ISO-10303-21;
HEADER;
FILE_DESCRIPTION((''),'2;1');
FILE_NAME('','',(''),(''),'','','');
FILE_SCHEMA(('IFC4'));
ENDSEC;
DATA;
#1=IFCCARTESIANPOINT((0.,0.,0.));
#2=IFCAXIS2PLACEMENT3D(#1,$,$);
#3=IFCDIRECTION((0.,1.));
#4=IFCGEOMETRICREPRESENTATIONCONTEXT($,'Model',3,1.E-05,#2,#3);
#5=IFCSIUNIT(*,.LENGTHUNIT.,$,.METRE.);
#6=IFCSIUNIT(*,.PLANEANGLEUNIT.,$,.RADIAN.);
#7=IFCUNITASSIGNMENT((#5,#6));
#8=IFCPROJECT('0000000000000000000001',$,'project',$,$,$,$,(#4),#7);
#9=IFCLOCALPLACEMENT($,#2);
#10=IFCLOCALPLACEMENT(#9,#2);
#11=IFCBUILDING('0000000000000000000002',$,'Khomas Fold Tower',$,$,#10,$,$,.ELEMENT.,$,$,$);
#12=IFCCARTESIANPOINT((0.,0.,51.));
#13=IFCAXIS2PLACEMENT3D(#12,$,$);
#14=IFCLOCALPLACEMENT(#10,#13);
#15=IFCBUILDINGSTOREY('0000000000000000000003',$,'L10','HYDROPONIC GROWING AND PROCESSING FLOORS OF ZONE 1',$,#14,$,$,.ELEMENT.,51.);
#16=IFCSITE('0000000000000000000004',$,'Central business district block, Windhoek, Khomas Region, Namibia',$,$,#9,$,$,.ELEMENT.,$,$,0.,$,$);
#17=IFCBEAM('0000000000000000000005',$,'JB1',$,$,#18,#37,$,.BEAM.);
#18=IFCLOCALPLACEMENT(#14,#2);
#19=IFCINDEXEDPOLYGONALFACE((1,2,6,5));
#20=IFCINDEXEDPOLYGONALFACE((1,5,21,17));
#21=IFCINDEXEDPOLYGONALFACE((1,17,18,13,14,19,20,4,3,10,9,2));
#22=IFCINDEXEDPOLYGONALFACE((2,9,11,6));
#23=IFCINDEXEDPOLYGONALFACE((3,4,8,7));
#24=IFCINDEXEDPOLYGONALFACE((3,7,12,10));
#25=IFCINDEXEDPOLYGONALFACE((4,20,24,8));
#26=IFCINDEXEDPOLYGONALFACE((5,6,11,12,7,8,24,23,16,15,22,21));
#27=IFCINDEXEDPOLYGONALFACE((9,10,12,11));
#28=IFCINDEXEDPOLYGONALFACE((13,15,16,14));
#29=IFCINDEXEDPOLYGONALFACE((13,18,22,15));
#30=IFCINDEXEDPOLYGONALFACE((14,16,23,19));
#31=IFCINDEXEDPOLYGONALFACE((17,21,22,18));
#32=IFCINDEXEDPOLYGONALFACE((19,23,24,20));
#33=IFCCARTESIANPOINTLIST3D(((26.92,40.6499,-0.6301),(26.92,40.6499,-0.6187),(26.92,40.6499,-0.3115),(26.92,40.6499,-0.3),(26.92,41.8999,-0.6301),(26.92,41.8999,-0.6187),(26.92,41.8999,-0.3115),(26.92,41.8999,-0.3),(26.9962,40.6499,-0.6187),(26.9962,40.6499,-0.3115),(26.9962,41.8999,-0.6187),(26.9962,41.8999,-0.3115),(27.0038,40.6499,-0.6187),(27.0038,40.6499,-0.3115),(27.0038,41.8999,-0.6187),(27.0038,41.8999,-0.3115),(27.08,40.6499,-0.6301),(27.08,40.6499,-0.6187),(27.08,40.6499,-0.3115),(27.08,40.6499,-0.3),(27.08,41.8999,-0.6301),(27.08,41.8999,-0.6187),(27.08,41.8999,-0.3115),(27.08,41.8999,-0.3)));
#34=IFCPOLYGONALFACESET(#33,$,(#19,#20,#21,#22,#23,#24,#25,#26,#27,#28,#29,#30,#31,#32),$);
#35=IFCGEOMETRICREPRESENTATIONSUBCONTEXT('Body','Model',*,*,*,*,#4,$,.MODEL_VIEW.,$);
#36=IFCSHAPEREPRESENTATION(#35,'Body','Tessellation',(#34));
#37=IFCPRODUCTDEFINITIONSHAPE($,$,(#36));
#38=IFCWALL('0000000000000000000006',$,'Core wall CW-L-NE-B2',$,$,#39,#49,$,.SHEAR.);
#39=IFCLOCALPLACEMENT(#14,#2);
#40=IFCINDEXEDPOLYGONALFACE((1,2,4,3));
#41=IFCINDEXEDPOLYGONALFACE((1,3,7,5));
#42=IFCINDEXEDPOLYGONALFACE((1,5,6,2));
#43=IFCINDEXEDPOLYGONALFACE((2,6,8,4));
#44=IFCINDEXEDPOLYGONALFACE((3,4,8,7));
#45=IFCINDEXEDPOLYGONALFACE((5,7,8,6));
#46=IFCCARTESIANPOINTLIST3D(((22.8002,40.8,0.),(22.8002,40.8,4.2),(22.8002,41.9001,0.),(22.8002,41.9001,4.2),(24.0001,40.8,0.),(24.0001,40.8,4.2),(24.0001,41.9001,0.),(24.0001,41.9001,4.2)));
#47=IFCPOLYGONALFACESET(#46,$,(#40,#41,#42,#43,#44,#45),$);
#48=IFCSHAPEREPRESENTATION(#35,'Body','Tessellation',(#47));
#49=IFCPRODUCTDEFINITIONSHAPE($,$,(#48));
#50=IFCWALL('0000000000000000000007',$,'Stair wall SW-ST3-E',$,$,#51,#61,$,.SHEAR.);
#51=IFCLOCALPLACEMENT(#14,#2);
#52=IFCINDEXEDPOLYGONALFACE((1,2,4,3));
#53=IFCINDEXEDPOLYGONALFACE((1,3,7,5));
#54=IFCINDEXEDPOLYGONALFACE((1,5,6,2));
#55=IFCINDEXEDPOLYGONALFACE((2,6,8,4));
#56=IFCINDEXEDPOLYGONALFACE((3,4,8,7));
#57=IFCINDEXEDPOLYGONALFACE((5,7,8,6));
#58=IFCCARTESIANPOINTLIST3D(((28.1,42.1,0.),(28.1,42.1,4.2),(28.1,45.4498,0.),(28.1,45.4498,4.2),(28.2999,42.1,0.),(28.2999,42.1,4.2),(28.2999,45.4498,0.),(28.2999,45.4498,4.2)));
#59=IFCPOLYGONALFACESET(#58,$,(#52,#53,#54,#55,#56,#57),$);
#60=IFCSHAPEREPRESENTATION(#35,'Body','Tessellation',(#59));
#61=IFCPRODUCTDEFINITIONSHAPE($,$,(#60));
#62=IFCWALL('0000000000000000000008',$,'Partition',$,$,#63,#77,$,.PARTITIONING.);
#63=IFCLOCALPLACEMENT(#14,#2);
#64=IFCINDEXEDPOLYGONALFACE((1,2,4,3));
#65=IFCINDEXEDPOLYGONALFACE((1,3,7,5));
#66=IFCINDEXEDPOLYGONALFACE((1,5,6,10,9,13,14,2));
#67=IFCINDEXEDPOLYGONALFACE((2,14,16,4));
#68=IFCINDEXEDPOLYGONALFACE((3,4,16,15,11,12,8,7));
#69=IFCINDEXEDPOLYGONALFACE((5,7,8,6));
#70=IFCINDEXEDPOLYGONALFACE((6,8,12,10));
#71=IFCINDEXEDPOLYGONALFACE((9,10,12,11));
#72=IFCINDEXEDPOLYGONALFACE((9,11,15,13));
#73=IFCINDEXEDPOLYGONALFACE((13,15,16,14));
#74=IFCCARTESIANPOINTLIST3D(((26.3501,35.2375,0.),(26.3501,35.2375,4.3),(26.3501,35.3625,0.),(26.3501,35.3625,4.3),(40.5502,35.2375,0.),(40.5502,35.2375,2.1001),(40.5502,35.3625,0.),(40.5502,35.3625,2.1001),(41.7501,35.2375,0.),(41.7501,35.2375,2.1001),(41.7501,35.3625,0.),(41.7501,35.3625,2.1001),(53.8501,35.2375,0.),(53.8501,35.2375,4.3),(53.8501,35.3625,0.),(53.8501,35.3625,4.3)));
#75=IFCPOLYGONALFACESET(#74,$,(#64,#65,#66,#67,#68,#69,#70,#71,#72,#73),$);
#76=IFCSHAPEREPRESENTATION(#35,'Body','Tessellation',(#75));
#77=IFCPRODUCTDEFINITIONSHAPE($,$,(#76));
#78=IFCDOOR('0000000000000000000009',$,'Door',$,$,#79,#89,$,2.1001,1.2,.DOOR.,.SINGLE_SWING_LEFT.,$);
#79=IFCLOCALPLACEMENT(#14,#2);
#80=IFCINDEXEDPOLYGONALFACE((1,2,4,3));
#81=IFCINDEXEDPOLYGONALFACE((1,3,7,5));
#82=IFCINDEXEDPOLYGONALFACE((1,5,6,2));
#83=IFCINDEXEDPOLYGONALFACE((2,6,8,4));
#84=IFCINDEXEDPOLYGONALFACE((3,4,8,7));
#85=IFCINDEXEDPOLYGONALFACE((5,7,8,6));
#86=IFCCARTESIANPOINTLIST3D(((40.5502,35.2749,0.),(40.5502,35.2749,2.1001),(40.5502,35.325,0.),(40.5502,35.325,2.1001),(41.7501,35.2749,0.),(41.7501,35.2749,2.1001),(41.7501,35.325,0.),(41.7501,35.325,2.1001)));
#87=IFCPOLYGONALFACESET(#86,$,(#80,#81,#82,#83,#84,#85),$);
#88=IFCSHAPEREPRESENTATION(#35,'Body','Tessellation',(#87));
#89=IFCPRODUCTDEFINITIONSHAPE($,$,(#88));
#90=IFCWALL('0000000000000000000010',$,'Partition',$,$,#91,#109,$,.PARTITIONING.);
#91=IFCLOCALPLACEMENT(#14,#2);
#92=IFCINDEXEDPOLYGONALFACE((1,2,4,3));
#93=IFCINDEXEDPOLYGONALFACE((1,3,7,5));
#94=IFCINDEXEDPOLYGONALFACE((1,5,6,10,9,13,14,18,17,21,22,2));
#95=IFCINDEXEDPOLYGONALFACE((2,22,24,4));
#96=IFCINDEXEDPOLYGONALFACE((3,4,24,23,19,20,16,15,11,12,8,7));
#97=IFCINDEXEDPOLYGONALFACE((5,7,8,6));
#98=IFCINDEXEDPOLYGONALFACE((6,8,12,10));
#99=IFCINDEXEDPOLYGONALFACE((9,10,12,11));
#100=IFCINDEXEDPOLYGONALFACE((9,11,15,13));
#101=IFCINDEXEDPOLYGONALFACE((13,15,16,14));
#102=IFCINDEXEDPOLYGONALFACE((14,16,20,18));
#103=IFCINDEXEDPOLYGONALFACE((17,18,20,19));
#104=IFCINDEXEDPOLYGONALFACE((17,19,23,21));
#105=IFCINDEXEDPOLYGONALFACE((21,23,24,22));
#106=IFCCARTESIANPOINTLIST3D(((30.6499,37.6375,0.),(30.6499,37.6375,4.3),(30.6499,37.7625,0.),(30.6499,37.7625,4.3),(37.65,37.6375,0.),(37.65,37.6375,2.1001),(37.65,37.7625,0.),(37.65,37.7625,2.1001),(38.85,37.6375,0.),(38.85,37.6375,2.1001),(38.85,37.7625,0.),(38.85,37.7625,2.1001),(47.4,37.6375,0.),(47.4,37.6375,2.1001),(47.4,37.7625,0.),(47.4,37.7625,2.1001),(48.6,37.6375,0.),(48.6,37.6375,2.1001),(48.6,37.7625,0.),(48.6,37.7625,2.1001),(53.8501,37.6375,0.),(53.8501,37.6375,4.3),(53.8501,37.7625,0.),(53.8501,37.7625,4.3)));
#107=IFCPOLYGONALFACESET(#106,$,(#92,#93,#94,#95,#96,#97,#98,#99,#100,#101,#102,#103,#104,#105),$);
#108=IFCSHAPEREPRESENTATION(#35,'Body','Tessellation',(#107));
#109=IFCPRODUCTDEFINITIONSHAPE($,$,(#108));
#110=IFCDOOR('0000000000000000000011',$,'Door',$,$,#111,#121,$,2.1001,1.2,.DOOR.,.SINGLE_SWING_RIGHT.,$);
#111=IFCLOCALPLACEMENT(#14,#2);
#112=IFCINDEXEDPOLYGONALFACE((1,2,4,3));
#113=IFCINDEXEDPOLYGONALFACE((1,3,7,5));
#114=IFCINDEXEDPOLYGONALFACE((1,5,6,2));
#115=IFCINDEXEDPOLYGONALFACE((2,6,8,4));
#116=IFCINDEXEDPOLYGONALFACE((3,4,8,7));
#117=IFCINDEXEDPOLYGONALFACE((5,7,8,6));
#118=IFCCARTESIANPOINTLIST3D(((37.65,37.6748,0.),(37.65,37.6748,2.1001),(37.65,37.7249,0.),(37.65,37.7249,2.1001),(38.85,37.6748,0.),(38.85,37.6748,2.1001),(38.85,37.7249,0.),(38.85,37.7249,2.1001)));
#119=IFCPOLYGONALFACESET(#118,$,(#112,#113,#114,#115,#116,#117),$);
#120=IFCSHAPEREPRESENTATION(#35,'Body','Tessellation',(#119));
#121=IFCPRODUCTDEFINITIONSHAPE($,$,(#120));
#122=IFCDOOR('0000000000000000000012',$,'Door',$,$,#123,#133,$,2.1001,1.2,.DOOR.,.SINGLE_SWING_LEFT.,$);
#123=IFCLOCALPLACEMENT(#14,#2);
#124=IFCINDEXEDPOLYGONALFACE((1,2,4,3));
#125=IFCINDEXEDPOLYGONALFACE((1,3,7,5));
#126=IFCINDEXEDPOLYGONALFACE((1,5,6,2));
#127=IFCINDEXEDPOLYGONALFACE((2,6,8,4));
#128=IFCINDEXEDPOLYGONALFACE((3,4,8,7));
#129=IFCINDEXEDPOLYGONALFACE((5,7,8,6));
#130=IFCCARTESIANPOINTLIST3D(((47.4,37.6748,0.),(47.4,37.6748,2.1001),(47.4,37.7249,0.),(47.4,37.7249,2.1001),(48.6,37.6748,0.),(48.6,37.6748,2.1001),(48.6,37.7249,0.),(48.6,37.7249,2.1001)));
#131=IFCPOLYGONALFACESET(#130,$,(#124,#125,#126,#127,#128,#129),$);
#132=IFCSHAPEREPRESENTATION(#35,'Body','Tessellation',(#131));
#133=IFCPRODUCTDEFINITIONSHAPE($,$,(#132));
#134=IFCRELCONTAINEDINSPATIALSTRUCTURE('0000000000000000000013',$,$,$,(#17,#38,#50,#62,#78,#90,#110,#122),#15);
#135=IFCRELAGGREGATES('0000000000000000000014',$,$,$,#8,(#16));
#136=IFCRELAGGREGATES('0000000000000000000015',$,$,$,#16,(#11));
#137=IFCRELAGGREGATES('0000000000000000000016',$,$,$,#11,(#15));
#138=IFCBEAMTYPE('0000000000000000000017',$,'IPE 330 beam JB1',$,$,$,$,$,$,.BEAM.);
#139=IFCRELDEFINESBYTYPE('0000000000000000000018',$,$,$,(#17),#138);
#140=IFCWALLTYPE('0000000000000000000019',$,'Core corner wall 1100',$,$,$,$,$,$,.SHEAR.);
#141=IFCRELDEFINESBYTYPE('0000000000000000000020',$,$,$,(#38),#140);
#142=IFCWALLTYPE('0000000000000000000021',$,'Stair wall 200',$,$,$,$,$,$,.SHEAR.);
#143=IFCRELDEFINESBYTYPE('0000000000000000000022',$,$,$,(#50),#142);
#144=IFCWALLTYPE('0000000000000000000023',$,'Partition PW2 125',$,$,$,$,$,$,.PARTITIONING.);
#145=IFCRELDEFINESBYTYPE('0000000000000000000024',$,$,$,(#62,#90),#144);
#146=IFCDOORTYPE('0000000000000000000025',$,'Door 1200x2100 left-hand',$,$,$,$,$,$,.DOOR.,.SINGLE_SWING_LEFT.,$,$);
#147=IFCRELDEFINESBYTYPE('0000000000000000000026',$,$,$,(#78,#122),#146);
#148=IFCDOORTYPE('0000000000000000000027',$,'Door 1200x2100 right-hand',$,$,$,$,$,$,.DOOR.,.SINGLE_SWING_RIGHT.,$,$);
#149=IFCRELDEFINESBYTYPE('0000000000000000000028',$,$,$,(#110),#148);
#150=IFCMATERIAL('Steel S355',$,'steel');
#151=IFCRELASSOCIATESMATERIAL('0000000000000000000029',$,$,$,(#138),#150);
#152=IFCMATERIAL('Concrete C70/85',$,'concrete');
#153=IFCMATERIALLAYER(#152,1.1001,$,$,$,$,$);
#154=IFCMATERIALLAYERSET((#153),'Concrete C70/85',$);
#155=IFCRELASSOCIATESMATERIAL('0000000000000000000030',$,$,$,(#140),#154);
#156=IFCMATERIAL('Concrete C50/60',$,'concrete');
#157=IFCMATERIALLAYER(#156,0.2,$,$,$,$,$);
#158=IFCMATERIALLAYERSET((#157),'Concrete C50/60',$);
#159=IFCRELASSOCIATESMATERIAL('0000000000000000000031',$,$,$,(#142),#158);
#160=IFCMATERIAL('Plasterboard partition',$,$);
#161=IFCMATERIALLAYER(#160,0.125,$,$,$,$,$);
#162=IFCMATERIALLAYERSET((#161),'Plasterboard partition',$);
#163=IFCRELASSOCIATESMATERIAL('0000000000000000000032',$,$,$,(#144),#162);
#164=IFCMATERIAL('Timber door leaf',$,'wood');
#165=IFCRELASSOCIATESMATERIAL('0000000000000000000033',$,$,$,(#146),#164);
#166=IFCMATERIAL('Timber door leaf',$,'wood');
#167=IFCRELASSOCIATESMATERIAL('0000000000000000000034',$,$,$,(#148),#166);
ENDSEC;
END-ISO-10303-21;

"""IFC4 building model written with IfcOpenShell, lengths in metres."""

from ifc_helpers import new_model, si_unit, direction, frame, frame_2d, origin, origin_2d, place, context, subcontext, project, spatial, rectangle, i_section, extrude, source, transform, mapped, material, layer, layer_set, material_profile, profile_set, type_object, element, fill, save


model = new_model("IFC4")

# Units and contexts
model_context = context("Model", 3, precision=1e-05, world=origin(), true_north=direction((0.0, 1.0)))
body_context = subcontext(model_context, "Body", "Model", "MODEL_VIEW")
ifc_project = project(units=[si_unit("LENGTHUNIT", "METRE"), si_unit("PLANEANGLEUNIT", "RADIAN")], contexts=[model_context])

# Site, building, storey
site_placement = place(None, origin())
site = spatial("IfcSite", under=ifc_project, at=site_placement, Name="Central business district block, Windhoek, Khomas Region, Namibia", CompositionType="ELEMENT", RefElevation=0.0)
building_placement = place(site_placement, origin())
building = spatial("IfcBuilding", under=site, at=building_placement, Name="Khomas Fold Tower", CompositionType="ELEMENT")
storey_placement = place(building_placement, frame((0.0, 0.0, 51.0)))
storey = spatial("IfcBuildingStorey", under=building, at=storey_placement, Name="L10", Description="HYDROPONIC GROWING AND PROCESSING FLOORS OF ZONE 1", CompositionType="ELEMENT", Elevation=51.0)

# Beam
ifc_material_1 = material(Name="Steel S355", Category="steel")
ifc_material_profile_1 = material_profile(ifc_material_1, i_section(OverallWidth=0.1599, OverallDepth=0.3301, WebThickness=0.0076, FlangeThickness=0.0115, at=origin_2d()), Name="IPE 330")
ifc_profile_set_1 = profile_set([ifc_material_profile_1], Name="Steel S355")
beam_type_1 = type_object("IfcBeamType", Name="IPE 330 beam JB1", PredefinedType="BEAM", material=ifc_profile_set_1)
shared_shape_1 = source(origin(), body_context, "Body", "SweptSolid", [
    extrude(i_section(OverallWidth=0.1599, OverallDepth=0.3301, WebThickness=0.0076, FlangeThickness=0.0115, at=origin_2d()), origin(), (0.0, 0.0, 1.0), 1.25),
])
beam_1_placement = place(storey_placement, frame((27.0, 40.6499, -0.4651), z_axis=(0.0, 1.0, 0.0), x_axis=(-1.0, 0.0, 0.0)))
element("IfcBeam", 1, at=beam_1_placement, inside=storey, type_object=beam_type_1, Name="JB1", PredefinedType="BEAM", context=body_context, shape_type="MappedRepresentation", body=[
    mapped(shared_shape_1, transform((0.0, 0.0, 0.0))),
])

# Walls
ifc_material_2 = material(Name="Concrete C70/85", Category="concrete")
ifc_layer_1 = layer(ifc_material_2, 1.1001)
ifc_layer_set_1 = layer_set([ifc_layer_1], Name="Concrete C70/85")
wall_type_1 = type_object("IfcWallType", Name="Core corner wall 1100", PredefinedType="SHEAR", material=ifc_layer_set_1)
shared_shape_2 = source(origin(), body_context, "Body", "SweptSolid", [
    extrude(rectangle(XDim=1.2, YDim=1.1001, at=frame_2d((0.6001, 0.0))), origin(), (0.0, 0.0, 1.0), 4.2),
])
wall_1_placement = place(storey_placement, frame((22.8, 41.3501, 0.0), z_axis=(0.0, 0.0, 1.0), x_axis=(1.0, 0.0, 0.0)))
element("IfcWall", 2, at=wall_1_placement, inside=storey, type_object=wall_type_1, Name="Core wall CW-L-NE-B2", PredefinedType="SHEAR", context=body_context, shape_type="MappedRepresentation", body=[
    mapped(shared_shape_2, transform((0.0, 0.0, 0.0))),
])
ifc_material_3 = material(Name="Concrete C50/60", Category="concrete")
ifc_layer_2 = layer(ifc_material_3, 0.2)
ifc_layer_set_2 = layer_set([ifc_layer_2], Name="Concrete C50/60")
wall_type_2 = type_object("IfcWallType", Name="Stair wall 200", PredefinedType="SHEAR", material=ifc_layer_set_2)
shared_shape_3 = source(origin(), body_context, "Body", "SweptSolid", [
    extrude(rectangle(XDim=3.3499, YDim=0.2, at=frame_2d((1.6748, 0.0))), origin(), (0.0, 0.0, 1.0), 4.2),
])
wall_2_placement = place(storey_placement, frame((28.2, 42.1001, 0.0), z_axis=(0.0, 0.0, 1.0), x_axis=(0.0, 1.0, 0.0)))
element("IfcWall", 3, at=wall_2_placement, inside=storey, type_object=wall_type_2, Name="Stair wall SW-ST3-E", PredefinedType="SHEAR", context=body_context, shape_type="MappedRepresentation", body=[
    mapped(shared_shape_3, transform((0.0, 0.0, 0.0))),
])

# Wall, opening, door
ifc_material_4 = material(Name="Plasterboard partition")
ifc_layer_3 = layer(ifc_material_4, 0.125)
ifc_layer_set_3 = layer_set([ifc_layer_3], Name="Plasterboard partition")
wall_type_3 = type_object("IfcWallType", Name="Partition PW2 125", PredefinedType="PARTITIONING", material=ifc_layer_set_3)
shared_shape_4 = source(origin(), body_context, "Body", "SweptSolid", [
    extrude(rectangle(XDim=27.5, YDim=0.125, at=frame_2d((13.75, 0.0))), origin(), (0.0, 0.0, 1.0), 4.3),
])
wall_3_placement = place(storey_placement, frame((26.3501, 35.3, 0.0), z_axis=(0.0, 0.0, 1.0), x_axis=(1.0, 0.0, 0.0)))
wall_3 = element("IfcWall", 4, at=wall_3_placement, inside=storey, type_object=wall_type_3, Name="Partition", PredefinedType="PARTITIONING", context=body_context, shape_type="MappedRepresentation", body=[
    mapped(shared_shape_4, transform((0.0, 0.0, 0.0))),
])
shared_shape_5 = source(origin(), body_context, "Body", "SweptSolid", [
    extrude(rectangle(XDim=1.2, YDim=2.1001, at=frame_2d((0.6001, 1.05))), frame((0.0, 0.0725, 0.0), z_axis=(0.0, -1.0, 0.0), x_axis=(1.0, 0.0, 0.0)), (0.0, 0.0, 1.0), 0.145),
])
opening_1_placement = place(wall_3_placement, frame((14.2, 0.0, 0.0)))
opening_1 = element("IfcOpeningElement", 5, at=opening_1_placement, cuts=wall_3, PredefinedType="OPENING", context=body_context, shape_type="MappedRepresentation", body=[
    mapped(shared_shape_5, transform((0.0, 0.0, 0.0))),
])
ifc_material_5 = material(Name="Timber door leaf", Category="wood")
door_type_1 = type_object("IfcDoorType", Name="Door 1200x2100 left-hand", OperationType="SINGLE_SWING_LEFT", PredefinedType="DOOR", material=ifc_material_5)
shared_shape_6 = source(origin(), body_context, "Body", "SweptSolid", [
    extrude(rectangle(XDim=1.2, YDim=2.1001, at=frame_2d((0.6001, 1.05))), frame((0.0, 0.0249, 0.0), z_axis=(0.0, -1.0, 0.0), x_axis=(1.0, 0.0, 0.0)), (0.0, 0.0, 1.0), 0.05),
])
door_1_placement = place(opening_1_placement, origin())
door_1 = element("IfcDoor", 6, at=door_1_placement, inside=storey, type_object=door_type_1, Name="Door", OperationType="SINGLE_SWING_LEFT", OverallHeight=2.1001, OverallWidth=1.2, PredefinedType="DOOR", context=body_context, shape_type="MappedRepresentation", body=[
    mapped(shared_shape_6, transform((0.0, 0.0, 0.0))),
])
fill(opening_1, door_1)

# Wall, openings, doors
shared_shape_7 = source(origin(), body_context, "Body", "SweptSolid", [
    extrude(rectangle(XDim=23.2002, YDim=0.125, at=frame_2d((11.6001, 0.0))), origin(), (0.0, 0.0, 1.0), 4.3),
])
wall_4_placement = place(storey_placement, frame((30.6499, 37.7, 0.0), z_axis=(0.0, 0.0, 1.0), x_axis=(1.0, 0.0, 0.0)))
wall_4 = element("IfcWall", 7, at=wall_4_placement, inside=storey, type_object=wall_type_3, Name="Partition", PredefinedType="PARTITIONING", context=body_context, shape_type="MappedRepresentation", body=[
    mapped(shared_shape_7, transform((0.0, 0.0, 0.0))),
])
opening_2_placement = place(wall_4_placement, frame((7.0, 0.0, 0.0)))
opening_2 = element("IfcOpeningElement", 8, at=opening_2_placement, cuts=wall_4, PredefinedType="OPENING", context=body_context, shape_type="MappedRepresentation", body=[
    mapped(shared_shape_5, transform((0.0, 0.0, 0.0))),
])
opening_3_placement = place(wall_4_placement, frame((16.75, 0.0, 0.0)))
opening_3 = element("IfcOpeningElement", 9, at=opening_3_placement, cuts=wall_4, PredefinedType="OPENING", context=body_context, shape_type="MappedRepresentation", body=[
    mapped(shared_shape_5, transform((0.0, 0.0, 0.0))),
])
ifc_material_6 = material(Name="Timber door leaf", Category="wood")
door_type_2 = type_object("IfcDoorType", Name="Door 1200x2100 right-hand", OperationType="SINGLE_SWING_RIGHT", PredefinedType="DOOR", material=ifc_material_6)
door_2_placement = place(opening_2_placement, origin())
door_2 = element("IfcDoor", 10, at=door_2_placement, inside=storey, type_object=door_type_2, Name="Door", OperationType="SINGLE_SWING_RIGHT", OverallHeight=2.1001, OverallWidth=1.2, PredefinedType="DOOR", context=body_context, shape_type="MappedRepresentation", body=[
    mapped(shared_shape_6, transform((0.0, 0.0, 0.0))),
])
fill(opening_2, door_2)
door_3_placement = place(opening_3_placement, origin())
door_3 = element("IfcDoor", 11, at=door_3_placement, inside=storey, type_object=door_type_1, Name="Door", OperationType="SINGLE_SWING_LEFT", OverallHeight=2.1001, OverallWidth=1.2, PredefinedType="DOOR", context=body_context, shape_type="MappedRepresentation", body=[
    mapped(shared_shape_6, transform((0.0, 0.0, 0.0))),
])
fill(opening_3, door_3)

save(model, "model.ifc")
